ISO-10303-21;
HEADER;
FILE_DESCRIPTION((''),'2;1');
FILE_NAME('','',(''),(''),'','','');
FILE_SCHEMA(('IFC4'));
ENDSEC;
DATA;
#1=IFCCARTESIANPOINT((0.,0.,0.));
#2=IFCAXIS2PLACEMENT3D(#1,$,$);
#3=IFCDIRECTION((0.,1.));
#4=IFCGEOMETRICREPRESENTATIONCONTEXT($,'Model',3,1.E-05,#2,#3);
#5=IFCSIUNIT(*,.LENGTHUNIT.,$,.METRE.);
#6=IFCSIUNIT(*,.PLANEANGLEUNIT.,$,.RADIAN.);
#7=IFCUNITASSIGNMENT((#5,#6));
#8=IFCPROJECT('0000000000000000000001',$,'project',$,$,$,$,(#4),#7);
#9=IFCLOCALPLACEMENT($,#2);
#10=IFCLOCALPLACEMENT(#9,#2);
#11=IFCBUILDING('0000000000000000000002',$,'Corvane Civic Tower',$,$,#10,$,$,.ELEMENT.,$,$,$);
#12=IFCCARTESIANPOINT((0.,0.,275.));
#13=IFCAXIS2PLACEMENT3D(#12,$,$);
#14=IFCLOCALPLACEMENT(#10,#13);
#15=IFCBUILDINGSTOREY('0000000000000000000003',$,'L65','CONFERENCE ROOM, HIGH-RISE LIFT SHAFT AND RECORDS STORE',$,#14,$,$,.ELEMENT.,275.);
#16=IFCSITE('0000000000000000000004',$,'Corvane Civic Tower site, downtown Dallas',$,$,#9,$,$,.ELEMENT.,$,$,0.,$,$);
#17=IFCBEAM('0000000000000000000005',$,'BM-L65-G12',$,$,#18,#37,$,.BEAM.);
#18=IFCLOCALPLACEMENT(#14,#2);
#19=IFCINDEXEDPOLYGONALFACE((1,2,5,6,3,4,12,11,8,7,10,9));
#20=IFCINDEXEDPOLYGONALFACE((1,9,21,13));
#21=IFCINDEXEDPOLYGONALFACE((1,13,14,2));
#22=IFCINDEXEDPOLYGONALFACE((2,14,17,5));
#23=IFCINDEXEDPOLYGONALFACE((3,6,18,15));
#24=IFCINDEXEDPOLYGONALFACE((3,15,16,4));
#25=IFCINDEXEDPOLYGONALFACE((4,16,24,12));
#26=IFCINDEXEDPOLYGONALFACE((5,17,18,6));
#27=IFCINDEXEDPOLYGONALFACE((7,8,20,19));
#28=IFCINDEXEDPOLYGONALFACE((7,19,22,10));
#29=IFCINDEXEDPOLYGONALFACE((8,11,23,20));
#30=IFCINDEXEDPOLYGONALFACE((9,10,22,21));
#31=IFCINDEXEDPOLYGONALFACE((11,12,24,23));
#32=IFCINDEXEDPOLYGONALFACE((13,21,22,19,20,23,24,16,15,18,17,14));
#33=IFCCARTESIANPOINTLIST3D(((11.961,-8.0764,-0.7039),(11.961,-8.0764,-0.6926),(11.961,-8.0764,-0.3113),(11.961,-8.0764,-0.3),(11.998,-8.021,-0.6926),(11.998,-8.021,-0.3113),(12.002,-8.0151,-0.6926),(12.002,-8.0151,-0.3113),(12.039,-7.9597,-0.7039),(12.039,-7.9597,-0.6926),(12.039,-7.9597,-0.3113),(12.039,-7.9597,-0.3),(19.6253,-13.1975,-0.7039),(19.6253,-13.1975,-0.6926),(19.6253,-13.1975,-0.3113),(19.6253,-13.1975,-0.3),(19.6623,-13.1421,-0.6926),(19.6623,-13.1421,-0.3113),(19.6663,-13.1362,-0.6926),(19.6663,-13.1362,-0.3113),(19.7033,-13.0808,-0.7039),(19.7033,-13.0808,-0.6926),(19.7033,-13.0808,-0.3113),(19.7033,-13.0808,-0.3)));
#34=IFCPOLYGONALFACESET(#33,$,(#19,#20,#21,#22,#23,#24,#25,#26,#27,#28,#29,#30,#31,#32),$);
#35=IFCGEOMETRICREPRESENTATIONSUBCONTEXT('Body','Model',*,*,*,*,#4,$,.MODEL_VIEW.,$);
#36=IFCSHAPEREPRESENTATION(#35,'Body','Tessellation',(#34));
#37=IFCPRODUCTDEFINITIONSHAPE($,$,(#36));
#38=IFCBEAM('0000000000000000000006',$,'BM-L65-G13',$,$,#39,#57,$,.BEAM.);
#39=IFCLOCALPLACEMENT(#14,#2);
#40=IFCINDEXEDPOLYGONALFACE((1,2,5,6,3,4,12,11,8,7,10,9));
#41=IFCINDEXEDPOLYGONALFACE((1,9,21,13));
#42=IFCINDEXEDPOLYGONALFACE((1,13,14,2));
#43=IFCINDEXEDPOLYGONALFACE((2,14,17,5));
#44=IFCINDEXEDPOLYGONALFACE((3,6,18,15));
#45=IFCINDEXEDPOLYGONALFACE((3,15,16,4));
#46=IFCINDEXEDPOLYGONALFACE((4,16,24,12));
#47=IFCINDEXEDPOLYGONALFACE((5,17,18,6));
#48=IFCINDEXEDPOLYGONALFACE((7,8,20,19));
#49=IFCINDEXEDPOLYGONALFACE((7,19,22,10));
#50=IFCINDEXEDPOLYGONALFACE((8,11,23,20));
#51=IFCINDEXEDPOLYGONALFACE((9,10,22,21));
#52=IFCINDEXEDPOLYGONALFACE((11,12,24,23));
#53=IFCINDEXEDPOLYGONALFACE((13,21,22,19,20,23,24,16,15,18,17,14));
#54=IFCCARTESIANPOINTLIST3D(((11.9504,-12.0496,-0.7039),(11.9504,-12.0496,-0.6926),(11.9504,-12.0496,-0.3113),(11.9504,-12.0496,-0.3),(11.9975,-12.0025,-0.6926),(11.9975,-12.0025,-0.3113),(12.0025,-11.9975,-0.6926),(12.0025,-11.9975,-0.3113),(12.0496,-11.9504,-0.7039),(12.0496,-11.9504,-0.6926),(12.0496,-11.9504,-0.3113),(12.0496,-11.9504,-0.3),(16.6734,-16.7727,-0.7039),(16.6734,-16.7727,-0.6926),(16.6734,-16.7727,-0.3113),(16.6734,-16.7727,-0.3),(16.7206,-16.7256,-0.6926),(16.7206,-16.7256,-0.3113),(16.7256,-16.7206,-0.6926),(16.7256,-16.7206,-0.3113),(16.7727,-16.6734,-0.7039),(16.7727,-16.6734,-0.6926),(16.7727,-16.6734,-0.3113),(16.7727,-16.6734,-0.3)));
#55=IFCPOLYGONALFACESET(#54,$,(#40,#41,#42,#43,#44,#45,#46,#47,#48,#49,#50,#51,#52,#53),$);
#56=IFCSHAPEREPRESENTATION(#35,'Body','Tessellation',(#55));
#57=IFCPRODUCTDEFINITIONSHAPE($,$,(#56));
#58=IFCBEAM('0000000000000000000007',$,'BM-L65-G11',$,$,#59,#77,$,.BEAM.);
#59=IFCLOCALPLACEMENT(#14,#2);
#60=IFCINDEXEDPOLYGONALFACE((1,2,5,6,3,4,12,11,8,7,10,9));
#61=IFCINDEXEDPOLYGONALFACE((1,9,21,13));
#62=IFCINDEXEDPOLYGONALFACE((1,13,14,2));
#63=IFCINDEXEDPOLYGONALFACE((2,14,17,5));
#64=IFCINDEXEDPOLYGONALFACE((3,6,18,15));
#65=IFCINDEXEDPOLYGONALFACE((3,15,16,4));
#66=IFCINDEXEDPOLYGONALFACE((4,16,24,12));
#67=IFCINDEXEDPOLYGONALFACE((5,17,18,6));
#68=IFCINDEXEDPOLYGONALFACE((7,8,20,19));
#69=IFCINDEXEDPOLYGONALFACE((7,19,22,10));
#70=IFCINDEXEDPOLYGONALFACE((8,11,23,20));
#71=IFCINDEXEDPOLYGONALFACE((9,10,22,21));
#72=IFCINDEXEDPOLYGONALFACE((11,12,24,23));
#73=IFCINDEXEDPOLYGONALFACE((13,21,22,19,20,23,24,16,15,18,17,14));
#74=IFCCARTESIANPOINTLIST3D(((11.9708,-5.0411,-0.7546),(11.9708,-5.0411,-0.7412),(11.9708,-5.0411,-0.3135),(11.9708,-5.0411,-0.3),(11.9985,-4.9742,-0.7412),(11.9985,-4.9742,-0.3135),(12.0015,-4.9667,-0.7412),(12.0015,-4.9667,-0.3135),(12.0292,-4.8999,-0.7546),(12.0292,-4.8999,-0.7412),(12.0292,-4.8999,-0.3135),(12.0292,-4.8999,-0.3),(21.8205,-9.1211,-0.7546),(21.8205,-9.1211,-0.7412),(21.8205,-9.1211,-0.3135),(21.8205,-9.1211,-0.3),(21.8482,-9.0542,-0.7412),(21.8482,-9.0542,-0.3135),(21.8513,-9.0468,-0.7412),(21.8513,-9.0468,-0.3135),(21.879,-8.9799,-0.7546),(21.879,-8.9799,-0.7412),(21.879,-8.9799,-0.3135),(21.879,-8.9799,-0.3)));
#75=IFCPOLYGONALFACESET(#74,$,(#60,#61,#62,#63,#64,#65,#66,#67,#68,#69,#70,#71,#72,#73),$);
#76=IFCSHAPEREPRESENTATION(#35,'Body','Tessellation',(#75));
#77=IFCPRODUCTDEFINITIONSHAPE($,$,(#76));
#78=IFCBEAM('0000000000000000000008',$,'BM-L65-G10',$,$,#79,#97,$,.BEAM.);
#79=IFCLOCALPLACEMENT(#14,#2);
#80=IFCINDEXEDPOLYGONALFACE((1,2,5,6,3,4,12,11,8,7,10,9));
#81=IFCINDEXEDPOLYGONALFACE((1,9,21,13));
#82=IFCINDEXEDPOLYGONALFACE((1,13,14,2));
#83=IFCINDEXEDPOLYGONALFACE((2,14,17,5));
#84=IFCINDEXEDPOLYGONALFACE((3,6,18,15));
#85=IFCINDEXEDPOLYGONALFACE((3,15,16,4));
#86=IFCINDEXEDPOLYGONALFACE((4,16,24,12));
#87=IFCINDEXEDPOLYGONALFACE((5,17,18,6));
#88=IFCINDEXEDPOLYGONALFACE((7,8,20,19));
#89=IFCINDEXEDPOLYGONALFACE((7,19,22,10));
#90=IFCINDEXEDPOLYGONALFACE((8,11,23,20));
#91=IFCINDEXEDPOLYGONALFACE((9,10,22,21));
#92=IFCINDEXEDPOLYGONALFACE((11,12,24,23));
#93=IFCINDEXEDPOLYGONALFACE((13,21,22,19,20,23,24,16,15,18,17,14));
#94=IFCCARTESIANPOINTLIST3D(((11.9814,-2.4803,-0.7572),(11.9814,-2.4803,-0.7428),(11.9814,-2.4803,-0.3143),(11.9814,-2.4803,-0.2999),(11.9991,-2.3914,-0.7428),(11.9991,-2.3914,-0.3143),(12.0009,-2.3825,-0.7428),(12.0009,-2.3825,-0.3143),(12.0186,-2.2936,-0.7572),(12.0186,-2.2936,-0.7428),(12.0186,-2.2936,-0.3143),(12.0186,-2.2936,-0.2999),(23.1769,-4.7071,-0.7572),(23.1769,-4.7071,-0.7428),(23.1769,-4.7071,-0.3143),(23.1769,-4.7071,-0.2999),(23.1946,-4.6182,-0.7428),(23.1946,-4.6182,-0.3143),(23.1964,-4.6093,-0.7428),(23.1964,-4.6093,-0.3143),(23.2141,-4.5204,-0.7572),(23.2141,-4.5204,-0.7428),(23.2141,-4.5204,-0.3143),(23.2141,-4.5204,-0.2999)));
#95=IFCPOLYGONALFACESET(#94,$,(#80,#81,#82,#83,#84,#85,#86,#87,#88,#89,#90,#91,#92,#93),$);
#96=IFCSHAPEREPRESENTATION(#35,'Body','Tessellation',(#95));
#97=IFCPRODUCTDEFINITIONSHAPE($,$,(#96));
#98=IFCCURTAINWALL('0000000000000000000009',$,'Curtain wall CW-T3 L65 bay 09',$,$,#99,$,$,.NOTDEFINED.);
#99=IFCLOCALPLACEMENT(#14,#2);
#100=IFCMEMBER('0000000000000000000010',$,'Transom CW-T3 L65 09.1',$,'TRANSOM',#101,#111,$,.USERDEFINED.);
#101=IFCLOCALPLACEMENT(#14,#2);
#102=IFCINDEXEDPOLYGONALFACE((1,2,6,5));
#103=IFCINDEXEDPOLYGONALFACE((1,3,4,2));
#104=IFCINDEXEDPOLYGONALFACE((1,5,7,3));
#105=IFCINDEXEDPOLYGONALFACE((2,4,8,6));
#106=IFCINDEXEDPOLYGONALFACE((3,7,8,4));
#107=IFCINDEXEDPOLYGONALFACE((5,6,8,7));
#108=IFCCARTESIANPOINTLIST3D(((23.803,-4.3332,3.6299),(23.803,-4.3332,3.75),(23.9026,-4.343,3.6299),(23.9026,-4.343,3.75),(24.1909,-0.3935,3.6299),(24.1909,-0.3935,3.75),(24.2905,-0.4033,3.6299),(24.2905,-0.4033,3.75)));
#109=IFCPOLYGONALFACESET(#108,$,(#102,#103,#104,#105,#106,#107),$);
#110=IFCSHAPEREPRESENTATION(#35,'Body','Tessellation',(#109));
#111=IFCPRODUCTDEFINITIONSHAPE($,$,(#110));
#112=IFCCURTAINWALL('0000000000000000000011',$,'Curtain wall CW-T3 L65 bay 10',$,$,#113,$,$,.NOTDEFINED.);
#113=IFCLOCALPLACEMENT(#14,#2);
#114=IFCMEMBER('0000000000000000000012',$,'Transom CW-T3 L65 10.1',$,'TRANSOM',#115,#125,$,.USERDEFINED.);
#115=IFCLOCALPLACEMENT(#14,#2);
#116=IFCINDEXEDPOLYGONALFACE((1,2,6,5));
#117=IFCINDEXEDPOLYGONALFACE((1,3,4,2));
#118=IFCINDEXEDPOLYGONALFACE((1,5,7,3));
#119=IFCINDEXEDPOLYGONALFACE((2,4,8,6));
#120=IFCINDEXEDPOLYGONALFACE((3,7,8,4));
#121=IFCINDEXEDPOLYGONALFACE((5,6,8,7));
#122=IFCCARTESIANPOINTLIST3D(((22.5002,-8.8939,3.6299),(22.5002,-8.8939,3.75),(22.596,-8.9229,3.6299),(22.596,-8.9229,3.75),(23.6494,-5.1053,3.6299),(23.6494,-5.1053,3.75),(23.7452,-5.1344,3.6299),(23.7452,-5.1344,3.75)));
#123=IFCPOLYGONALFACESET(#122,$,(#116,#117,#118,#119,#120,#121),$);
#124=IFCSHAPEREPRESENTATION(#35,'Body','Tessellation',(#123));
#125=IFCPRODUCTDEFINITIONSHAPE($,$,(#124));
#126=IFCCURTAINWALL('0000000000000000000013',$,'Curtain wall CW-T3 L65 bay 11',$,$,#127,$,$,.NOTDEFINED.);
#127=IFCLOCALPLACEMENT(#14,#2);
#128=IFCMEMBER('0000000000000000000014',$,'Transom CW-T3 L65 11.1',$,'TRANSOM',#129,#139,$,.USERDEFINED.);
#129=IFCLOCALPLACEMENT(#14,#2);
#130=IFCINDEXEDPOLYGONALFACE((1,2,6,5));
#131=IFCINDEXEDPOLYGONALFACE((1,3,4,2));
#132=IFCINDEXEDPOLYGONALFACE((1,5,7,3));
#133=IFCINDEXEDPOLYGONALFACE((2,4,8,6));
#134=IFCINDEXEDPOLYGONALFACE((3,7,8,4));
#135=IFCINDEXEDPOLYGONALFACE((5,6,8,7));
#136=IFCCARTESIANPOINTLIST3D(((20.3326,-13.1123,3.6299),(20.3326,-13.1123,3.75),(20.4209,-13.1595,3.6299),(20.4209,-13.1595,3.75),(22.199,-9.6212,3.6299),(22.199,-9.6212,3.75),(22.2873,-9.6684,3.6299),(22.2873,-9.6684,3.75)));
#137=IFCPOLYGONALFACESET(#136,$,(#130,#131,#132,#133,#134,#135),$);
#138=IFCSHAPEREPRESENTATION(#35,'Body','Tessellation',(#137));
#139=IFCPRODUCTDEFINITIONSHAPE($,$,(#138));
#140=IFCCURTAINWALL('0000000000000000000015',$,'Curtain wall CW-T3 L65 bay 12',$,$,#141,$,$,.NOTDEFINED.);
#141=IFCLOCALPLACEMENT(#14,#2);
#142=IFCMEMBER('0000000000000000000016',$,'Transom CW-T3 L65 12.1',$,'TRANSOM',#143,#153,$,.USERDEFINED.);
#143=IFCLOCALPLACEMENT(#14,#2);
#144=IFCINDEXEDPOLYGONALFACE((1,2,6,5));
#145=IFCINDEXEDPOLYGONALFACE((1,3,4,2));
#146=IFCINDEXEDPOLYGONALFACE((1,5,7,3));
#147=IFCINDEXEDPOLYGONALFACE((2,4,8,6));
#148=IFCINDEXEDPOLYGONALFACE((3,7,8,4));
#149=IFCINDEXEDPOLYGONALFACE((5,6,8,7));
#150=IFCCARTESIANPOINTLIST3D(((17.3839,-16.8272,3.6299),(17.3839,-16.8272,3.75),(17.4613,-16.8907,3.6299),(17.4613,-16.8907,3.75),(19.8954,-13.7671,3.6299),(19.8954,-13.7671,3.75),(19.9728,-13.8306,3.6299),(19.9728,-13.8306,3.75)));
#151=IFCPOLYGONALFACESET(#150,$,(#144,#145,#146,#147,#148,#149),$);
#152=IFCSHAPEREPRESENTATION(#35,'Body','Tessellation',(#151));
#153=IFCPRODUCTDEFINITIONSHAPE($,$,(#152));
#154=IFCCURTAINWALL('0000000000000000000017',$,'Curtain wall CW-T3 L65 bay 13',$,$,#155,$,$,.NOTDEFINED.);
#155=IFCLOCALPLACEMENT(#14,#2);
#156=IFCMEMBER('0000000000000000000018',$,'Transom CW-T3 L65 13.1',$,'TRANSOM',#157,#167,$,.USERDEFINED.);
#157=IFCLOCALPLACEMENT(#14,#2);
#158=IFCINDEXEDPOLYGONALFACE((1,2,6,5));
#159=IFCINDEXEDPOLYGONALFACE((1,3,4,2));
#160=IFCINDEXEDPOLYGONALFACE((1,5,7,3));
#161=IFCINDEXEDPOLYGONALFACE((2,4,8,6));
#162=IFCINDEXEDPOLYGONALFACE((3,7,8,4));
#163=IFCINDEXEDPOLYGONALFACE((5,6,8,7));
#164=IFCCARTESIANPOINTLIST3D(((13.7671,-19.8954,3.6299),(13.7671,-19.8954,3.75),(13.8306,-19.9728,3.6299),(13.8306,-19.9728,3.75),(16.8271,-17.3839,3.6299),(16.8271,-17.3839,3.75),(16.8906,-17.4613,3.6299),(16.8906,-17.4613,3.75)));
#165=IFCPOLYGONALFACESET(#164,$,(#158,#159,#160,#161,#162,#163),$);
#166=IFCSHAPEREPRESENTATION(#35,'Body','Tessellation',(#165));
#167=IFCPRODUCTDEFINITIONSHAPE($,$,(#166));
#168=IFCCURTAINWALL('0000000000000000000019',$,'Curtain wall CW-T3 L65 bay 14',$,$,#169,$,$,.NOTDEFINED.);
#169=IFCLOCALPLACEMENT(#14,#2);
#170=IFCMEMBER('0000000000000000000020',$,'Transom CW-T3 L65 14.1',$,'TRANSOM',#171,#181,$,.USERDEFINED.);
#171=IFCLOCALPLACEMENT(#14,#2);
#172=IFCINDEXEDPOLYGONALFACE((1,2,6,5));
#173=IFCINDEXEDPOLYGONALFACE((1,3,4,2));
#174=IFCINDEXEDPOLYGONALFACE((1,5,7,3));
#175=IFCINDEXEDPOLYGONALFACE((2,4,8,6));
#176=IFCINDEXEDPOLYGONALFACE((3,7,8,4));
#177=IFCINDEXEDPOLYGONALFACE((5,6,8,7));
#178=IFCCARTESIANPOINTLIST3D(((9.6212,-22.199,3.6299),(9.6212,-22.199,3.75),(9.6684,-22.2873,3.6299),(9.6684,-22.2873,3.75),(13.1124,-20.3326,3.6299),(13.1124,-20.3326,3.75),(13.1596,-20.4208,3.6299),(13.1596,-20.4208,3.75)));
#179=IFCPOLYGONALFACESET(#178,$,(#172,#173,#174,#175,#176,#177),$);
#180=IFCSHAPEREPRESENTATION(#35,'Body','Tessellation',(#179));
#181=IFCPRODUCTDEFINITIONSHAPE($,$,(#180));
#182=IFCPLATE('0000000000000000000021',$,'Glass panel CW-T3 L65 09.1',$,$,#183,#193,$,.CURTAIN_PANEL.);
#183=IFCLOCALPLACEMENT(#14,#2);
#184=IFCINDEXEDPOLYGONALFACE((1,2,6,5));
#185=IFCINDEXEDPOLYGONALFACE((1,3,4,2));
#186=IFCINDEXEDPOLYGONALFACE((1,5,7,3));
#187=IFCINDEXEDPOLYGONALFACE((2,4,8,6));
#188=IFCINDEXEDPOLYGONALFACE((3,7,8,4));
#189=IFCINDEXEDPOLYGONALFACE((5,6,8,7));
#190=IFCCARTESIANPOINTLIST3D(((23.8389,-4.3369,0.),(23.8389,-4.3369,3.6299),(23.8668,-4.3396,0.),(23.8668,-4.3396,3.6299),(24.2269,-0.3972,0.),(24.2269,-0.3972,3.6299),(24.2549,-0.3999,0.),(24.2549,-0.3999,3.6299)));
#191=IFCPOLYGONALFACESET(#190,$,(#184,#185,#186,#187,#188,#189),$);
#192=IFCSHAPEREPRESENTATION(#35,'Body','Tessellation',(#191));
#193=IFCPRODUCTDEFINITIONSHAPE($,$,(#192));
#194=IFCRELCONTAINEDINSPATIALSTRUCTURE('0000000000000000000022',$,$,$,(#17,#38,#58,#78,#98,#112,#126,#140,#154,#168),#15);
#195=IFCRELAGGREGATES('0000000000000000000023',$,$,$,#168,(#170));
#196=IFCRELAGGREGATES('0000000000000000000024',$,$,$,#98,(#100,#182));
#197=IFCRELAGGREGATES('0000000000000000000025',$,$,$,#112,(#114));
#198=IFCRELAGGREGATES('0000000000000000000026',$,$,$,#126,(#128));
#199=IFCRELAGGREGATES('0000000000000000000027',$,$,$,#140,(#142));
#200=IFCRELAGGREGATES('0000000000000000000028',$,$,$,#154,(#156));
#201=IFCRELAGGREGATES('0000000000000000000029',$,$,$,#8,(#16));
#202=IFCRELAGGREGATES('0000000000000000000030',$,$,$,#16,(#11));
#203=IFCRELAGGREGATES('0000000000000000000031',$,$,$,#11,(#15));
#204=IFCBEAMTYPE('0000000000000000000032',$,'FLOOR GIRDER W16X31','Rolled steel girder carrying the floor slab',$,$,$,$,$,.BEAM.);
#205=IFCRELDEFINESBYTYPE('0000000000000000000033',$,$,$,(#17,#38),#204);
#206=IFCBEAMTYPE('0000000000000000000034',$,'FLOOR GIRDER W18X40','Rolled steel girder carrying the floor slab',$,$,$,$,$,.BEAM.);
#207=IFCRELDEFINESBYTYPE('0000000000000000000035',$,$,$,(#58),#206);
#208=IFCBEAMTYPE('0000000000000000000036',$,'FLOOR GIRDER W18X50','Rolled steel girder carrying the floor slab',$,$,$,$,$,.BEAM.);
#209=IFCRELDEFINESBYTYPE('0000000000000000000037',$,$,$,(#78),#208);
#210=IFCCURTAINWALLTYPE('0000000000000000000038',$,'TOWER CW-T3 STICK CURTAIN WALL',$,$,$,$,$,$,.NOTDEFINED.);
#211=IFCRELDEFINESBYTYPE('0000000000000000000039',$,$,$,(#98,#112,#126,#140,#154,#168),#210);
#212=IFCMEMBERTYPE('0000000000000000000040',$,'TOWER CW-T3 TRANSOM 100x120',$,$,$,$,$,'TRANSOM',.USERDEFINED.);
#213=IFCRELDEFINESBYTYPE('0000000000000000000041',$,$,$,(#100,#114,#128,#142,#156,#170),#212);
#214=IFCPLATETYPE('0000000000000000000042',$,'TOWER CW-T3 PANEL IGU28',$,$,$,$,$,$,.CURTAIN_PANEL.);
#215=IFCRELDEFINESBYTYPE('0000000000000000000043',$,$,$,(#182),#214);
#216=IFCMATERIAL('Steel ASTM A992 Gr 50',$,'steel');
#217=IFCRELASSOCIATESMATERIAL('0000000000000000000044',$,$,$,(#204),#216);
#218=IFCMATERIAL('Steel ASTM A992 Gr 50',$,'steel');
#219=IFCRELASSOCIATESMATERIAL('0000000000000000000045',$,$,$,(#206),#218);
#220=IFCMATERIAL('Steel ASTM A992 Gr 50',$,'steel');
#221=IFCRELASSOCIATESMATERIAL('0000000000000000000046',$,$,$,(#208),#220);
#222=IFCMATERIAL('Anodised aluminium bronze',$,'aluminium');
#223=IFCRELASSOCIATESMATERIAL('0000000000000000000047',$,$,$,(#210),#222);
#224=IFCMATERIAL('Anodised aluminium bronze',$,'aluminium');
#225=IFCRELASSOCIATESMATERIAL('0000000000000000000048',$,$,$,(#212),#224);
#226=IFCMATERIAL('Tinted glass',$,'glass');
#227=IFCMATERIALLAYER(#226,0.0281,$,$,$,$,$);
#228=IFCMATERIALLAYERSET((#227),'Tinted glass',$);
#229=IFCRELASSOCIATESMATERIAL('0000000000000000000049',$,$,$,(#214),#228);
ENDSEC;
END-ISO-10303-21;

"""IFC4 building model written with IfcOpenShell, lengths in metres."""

from ifc_helpers import new_model, si_unit, direction, frame, origin, origin_2d, place, context, subcontext, project, spatial, rectangle, i_section, extrude, material, layer, layer_set, material_profile, profile_set, type_object, element, aggregate, save


model = new_model("IFC4")

# Units and contexts
model_context = context("Model", 3, precision=1e-05, world=origin(), true_north=direction((0.0, 1.0)))
body_context = subcontext(model_context, "Body", "Model", "MODEL_VIEW")
ifc_project = project(units=[si_unit("LENGTHUNIT", "METRE"), si_unit("PLANEANGLEUNIT", "RADIAN")], contexts=[model_context])

# Site, building, storey
site_placement = place(None, origin())
site = spatial("IfcSite", under=ifc_project, at=site_placement, Name="Corvane Civic Tower site, downtown Dallas", CompositionType="ELEMENT", RefElevation=0.0)
building_placement = place(site_placement, origin())
building = spatial("IfcBuilding", under=site, at=building_placement, Name="Corvane Civic Tower", CompositionType="ELEMENT")
storey_placement = place(building_placement, frame((0.0, 0.0, 275.0)))
storey = spatial("IfcBuildingStorey", under=building, at=storey_placement, Name="L65", Description="CONFERENCE ROOM, HIGH-RISE LIFT SHAFT AND RECORDS STORE", CompositionType="ELEMENT", Elevation=275.0)

# Beams
ifc_material_1 = material(Name="Steel ASTM A992 Gr 50", Category="steel")
ifc_material_profile_1 = material_profile(ifc_material_1, i_section(OverallWidth=0.1404, OverallDepth=0.4038, WebThickness=0.0071, FlangeThickness=0.0112, at=origin_2d()), Name="W16X31")
ifc_profile_set_1 = profile_set([ifc_material_profile_1], Name="Steel ASTM A992 Gr 50")
beam_type_1 = type_object("IfcBeamType", Name="FLOOR GIRDER W16X31", Description="Rolled steel girder carrying the floor slab", PredefinedType="BEAM", material=ifc_profile_set_1)
beam_1_placement = place(storey_placement, frame((12.0, -8.0181, -0.502), z_axis=(0.831471, -0.555568, 0.0), x_axis=(0.555568, 0.831471, 0.0)))
element("IfcBeam", 1, at=beam_1_placement, inside=storey, type_object=beam_type_1, Name="BM-L65-G12", PredefinedType="BEAM", context=body_context, shape_type="SweptSolid", body=[
    extrude(i_section(OverallWidth=0.1404, OverallDepth=0.4038, WebThickness=0.0071, FlangeThickness=0.0112, at=origin_2d()), origin(), (0.0, 0.0, 1.0), 9.2178),
])
beam_2_placement = place(storey_placement, frame((12.0, -12.0, -0.502), z_axis=(0.707107, -0.707107, 0.0), x_axis=(0.707107, 0.707107, 0.0)))
element("IfcBeam", 2, at=beam_2_placement, inside=storey, type_object=beam_type_1, Name="BM-L65-G13", PredefinedType="BEAM", context=body_context, shape_type="SweptSolid", body=[
    extrude(i_section(OverallWidth=0.1404, OverallDepth=0.4038, WebThickness=0.0071, FlangeThickness=0.0112, at=origin_2d()), origin(), (0.0, 0.0, 1.0), 6.6794),
])
ifc_material_2 = material(Name="Steel ASTM A992 Gr 50", Category="steel")
ifc_material_profile_2 = material_profile(ifc_material_2, i_section(OverallWidth=0.1528, OverallDepth=0.4546, WebThickness=0.0081, FlangeThickness=0.0134, at=origin_2d()), Name="W18X40")
ifc_profile_set_2 = profile_set([ifc_material_profile_2], Name="Steel ASTM A992 Gr 50")
beam_type_2 = type_object("IfcBeamType", Name="FLOOR GIRDER W18X40", Description="Rolled steel girder carrying the floor slab", PredefinedType="BEAM", material=ifc_profile_set_2)
beam_3_placement = place(storey_placement, frame((12.0, -4.9705, -0.5273), z_axis=(0.923875, -0.382694, 0.0), x_axis=(0.382694, 0.923875, 0.0)))
element("IfcBeam", 3, at=beam_3_placement, inside=storey, type_object=beam_type_2, Name="BM-L65-G11", PredefinedType="BEAM", context=body_context, shape_type="SweptSolid", body=[
    extrude(i_section(OverallWidth=0.1528, OverallDepth=0.4546, WebThickness=0.0081, FlangeThickness=0.0134, at=origin_2d()), origin(), (0.0, 0.0, 1.0), 10.6614),
])
ifc_material_3 = material(Name="Steel ASTM A992 Gr 50", Category="steel")
ifc_material_profile_3 = material_profile(ifc_material_3, i_section(OverallWidth=0.1904, OverallDepth=0.4573, WebThickness=0.009, FlangeThickness=0.0144, at=origin_2d()), Name="W18X50")
ifc_profile_set_3 = profile_set([ifc_material_profile_3], Name="Steel ASTM A992 Gr 50")
beam_type_3 = type_object("IfcBeamType", Name="FLOOR GIRDER W18X50", Description="Rolled steel girder carrying the floor slab", PredefinedType="BEAM", material=ifc_profile_set_3)
beam_4_placement = place(storey_placement, frame((12.0, -2.387, -0.5286), z_axis=(0.980787, -0.19508, 0.0), x_axis=(0.19508, 0.980787, 0.0)))
element("IfcBeam", 4, at=beam_4_placement, inside=storey, type_object=beam_type_3, Name="BM-L65-G10", PredefinedType="BEAM", context=body_context, shape_type="SweptSolid", body=[
    extrude(i_section(OverallWidth=0.1904, OverallDepth=0.4573, WebThickness=0.009, FlangeThickness=0.0144, at=origin_2d()), origin(), (0.0, 0.0, 1.0), 11.4148),
])

# Curtain walls, members
ifc_material_4 = material(Name="Anodised aluminium bronze", Category="aluminium")
curtain_wall_type = type_object("IfcCurtainWallType", Name="TOWER CW-T3 STICK CURTAIN WALL", PredefinedType="NOTDEFINED", material=ifc_material_4)
curtain_wall_1_placement = place(storey_placement, origin())
curtain_wall_1 = element("IfcCurtainWall", 5, at=curtain_wall_1_placement, inside=storey, type_object=curtain_wall_type, Name="Curtain wall CW-T3 L65 bay 09", PredefinedType="NOTDEFINED")
ifc_material_5 = material(Name="Anodised aluminium bronze", Category="aluminium")
ifc_material_profile_4 = material_profile(ifc_material_5, rectangle(XDim=0.1001, YDim=0.1201, at=origin_2d()), Name="TOWER CW-T3 TRANSOM 100x120")
ifc_profile_set_4 = profile_set([ifc_material_profile_4], Name="Anodised aluminium bronze")
member_type = type_object("IfcMemberType", Name="TOWER CW-T3 TRANSOM 100x120", ElementType="TRANSOM", PredefinedType="USERDEFINED", material=ifc_profile_set_4)
member_1_placement = place(storey_placement, frame((24.2407, -0.3984, 3.6899), z_axis=(-0.097995, -0.995187, 0.0), x_axis=(0.995187, -0.097995, 0.0)))
member_1 = element("IfcMember", 6, at=member_1_placement, type_object=member_type, Name="Transom CW-T3 L65 09.1", ObjectType="TRANSOM", PredefinedType="USERDEFINED", context=body_context, shape_type="SweptSolid", body=[
    extrude(rectangle(XDim=0.1001, YDim=0.1201, at=origin_2d()), origin(), (0.0, 0.0, 1.0), 3.9587),
])
curtain_wall_2_placement = place(storey_placement, origin())
curtain_wall_2 = element("IfcCurtainWall", 7, at=curtain_wall_2_placement, inside=storey, type_object=curtain_wall_type, Name="Curtain wall CW-T3 L65 bay 10", PredefinedType="NOTDEFINED")
member_2_placement = place(storey_placement, frame((23.6973, -5.1199, 3.6899), z_axis=(-0.290266, -0.956946, 0.0), x_axis=(0.956946, -0.290266, 0.0)))
member_2 = element("IfcMember", 8, at=member_2_placement, type_object=member_type, Name="Transom CW-T3 L65 10.1", ObjectType="TRANSOM", PredefinedType="USERDEFINED", context=body_context, shape_type="SweptSolid", body=[
    extrude(rectangle(XDim=0.1001, YDim=0.1201, at=origin_2d()), origin(), (0.0, 0.0, 1.0), 3.959),
])
curtain_wall_3_placement = place(storey_placement, origin())
curtain_wall_3 = element("IfcCurtainWall", 9, at=curtain_wall_3_placement, inside=storey, type_object=curtain_wall_type, Name="Curtain wall CW-T3 L65 bay 11", PredefinedType="NOTDEFINED")
member_3_placement = place(storey_placement, frame((22.2432, -9.6448, 3.6899), z_axis=(-0.471468, -0.881883, 0.0), x_axis=(0.881883, -0.471468, 0.0)))
member_3 = element("IfcMember", 10, at=member_3_placement, type_object=member_type, Name="Transom CW-T3 L65 11.1", ObjectType="TRANSOM", PredefinedType="USERDEFINED", context=body_context, shape_type="SweptSolid", body=[
    extrude(rectangle(XDim=0.1001, YDim=0.1201, at=origin_2d()), origin(), (0.0, 0.0, 1.0), 3.9587),
])
curtain_wall_4_placement = place(storey_placement, origin())
curtain_wall_4 = element("IfcCurtainWall", 11, at=curtain_wall_4_placement, inside=storey, type_object=curtain_wall_type, Name="Curtain wall CW-T3 L65 bay 12", PredefinedType="NOTDEFINED")
member_4_placement = place(storey_placement, frame((19.9341, -13.7988, 3.6899), z_axis=(-0.634416, -0.772992, 0.0), x_axis=(0.772992, -0.634416, 0.0)))
member_4 = element("IfcMember", 12, at=member_4_placement, type_object=member_type, Name="Transom CW-T3 L65 12.1", ObjectType="TRANSOM", PredefinedType="USERDEFINED", context=body_context, shape_type="SweptSolid", body=[
    extrude(rectangle(XDim=0.1001, YDim=0.1201, at=origin_2d()), origin(), (0.0, 0.0, 1.0), 3.9587),
])
curtain_wall_5_placement = place(storey_placement, origin())
curtain_wall_5 = element("IfcCurtainWall", 13, at=curtain_wall_5_placement, inside=storey, type_object=curtain_wall_type, Name="Curtain wall CW-T3 L65 bay 13", PredefinedType="NOTDEFINED")
member_5_placement = place(storey_placement, frame((16.8589, -17.4226, 3.6899), z_axis=(-0.772992, -0.634416, 0.0), x_axis=(0.634416, -0.772992, 0.0)))
member_5 = element("IfcMember", 14, at=member_5_placement, type_object=member_type, Name="Transom CW-T3 L65 13.1", ObjectType="TRANSOM", PredefinedType="USERDEFINED", context=body_context, shape_type="SweptSolid", body=[
    extrude(rectangle(XDim=0.1001, YDim=0.1201, at=origin_2d()), origin(), (0.0, 0.0, 1.0), 3.9587),
])
curtain_wall_6_placement = place(storey_placement, origin())
curtain_wall_6 = element("IfcCurtainWall", 15, at=curtain_wall_6_placement, inside=storey, type_object=curtain_wall_type, Name="Curtain wall CW-T3 L65 bay 14", PredefinedType="NOTDEFINED")
member_6_placement = place(storey_placement, frame((13.136, -20.3767, 3.6899), z_axis=(-0.881883, -0.471468, 0.0), x_axis=(0.471468, -0.881883, 0.0)))
member_6 = element("IfcMember", 16, at=member_6_placement, type_object=member_type, Name="Transom CW-T3 L65 14.1", ObjectType="TRANSOM", PredefinedType="USERDEFINED", context=body_context, shape_type="SweptSolid", body=[
    extrude(rectangle(XDim=0.1001, YDim=0.1201, at=origin_2d()), origin(), (0.0, 0.0, 1.0), 3.9587),
])
aggregate(curtain_wall_6, [member_6])

# Plate
ifc_material_6 = material(Name="Tinted glass", Category="glass")
ifc_layer_1 = layer(ifc_material_6, 0.0281)
ifc_layer_set_1 = layer_set([ifc_layer_1], Name="Tinted glass")
plate_type = type_object("IfcPlateType", Name="TOWER CW-T3 PANEL IGU28", PredefinedType="CURTAIN_PANEL", material=ifc_layer_set_1)
plate_1_placement = place(storey_placement, frame((24.0469, -2.3684, 0.0), z_axis=(0.0, 0.0, 1.0), x_axis=(-0.098021, -0.995184, 0.0)))
plate_1 = element("IfcPlate", 17, at=plate_1_placement, type_object=plate_type, Name="Glass panel CW-T3 L65 09.1", PredefinedType="CURTAIN_PANEL", context=body_context, shape_type="SweptSolid", body=[
    extrude(rectangle(XDim=3.9587, YDim=0.0281, at=origin_2d()), origin(), (0.0, 0.0, 1.0), 3.6299),
])
aggregate(curtain_wall_1, [member_1, plate_1])
aggregate(curtain_wall_2, [member_2])
aggregate(curtain_wall_3, [member_3])
aggregate(curtain_wall_4, [member_4])
aggregate(curtain_wall_5, [member_5])

save(model, "model.ifc")
